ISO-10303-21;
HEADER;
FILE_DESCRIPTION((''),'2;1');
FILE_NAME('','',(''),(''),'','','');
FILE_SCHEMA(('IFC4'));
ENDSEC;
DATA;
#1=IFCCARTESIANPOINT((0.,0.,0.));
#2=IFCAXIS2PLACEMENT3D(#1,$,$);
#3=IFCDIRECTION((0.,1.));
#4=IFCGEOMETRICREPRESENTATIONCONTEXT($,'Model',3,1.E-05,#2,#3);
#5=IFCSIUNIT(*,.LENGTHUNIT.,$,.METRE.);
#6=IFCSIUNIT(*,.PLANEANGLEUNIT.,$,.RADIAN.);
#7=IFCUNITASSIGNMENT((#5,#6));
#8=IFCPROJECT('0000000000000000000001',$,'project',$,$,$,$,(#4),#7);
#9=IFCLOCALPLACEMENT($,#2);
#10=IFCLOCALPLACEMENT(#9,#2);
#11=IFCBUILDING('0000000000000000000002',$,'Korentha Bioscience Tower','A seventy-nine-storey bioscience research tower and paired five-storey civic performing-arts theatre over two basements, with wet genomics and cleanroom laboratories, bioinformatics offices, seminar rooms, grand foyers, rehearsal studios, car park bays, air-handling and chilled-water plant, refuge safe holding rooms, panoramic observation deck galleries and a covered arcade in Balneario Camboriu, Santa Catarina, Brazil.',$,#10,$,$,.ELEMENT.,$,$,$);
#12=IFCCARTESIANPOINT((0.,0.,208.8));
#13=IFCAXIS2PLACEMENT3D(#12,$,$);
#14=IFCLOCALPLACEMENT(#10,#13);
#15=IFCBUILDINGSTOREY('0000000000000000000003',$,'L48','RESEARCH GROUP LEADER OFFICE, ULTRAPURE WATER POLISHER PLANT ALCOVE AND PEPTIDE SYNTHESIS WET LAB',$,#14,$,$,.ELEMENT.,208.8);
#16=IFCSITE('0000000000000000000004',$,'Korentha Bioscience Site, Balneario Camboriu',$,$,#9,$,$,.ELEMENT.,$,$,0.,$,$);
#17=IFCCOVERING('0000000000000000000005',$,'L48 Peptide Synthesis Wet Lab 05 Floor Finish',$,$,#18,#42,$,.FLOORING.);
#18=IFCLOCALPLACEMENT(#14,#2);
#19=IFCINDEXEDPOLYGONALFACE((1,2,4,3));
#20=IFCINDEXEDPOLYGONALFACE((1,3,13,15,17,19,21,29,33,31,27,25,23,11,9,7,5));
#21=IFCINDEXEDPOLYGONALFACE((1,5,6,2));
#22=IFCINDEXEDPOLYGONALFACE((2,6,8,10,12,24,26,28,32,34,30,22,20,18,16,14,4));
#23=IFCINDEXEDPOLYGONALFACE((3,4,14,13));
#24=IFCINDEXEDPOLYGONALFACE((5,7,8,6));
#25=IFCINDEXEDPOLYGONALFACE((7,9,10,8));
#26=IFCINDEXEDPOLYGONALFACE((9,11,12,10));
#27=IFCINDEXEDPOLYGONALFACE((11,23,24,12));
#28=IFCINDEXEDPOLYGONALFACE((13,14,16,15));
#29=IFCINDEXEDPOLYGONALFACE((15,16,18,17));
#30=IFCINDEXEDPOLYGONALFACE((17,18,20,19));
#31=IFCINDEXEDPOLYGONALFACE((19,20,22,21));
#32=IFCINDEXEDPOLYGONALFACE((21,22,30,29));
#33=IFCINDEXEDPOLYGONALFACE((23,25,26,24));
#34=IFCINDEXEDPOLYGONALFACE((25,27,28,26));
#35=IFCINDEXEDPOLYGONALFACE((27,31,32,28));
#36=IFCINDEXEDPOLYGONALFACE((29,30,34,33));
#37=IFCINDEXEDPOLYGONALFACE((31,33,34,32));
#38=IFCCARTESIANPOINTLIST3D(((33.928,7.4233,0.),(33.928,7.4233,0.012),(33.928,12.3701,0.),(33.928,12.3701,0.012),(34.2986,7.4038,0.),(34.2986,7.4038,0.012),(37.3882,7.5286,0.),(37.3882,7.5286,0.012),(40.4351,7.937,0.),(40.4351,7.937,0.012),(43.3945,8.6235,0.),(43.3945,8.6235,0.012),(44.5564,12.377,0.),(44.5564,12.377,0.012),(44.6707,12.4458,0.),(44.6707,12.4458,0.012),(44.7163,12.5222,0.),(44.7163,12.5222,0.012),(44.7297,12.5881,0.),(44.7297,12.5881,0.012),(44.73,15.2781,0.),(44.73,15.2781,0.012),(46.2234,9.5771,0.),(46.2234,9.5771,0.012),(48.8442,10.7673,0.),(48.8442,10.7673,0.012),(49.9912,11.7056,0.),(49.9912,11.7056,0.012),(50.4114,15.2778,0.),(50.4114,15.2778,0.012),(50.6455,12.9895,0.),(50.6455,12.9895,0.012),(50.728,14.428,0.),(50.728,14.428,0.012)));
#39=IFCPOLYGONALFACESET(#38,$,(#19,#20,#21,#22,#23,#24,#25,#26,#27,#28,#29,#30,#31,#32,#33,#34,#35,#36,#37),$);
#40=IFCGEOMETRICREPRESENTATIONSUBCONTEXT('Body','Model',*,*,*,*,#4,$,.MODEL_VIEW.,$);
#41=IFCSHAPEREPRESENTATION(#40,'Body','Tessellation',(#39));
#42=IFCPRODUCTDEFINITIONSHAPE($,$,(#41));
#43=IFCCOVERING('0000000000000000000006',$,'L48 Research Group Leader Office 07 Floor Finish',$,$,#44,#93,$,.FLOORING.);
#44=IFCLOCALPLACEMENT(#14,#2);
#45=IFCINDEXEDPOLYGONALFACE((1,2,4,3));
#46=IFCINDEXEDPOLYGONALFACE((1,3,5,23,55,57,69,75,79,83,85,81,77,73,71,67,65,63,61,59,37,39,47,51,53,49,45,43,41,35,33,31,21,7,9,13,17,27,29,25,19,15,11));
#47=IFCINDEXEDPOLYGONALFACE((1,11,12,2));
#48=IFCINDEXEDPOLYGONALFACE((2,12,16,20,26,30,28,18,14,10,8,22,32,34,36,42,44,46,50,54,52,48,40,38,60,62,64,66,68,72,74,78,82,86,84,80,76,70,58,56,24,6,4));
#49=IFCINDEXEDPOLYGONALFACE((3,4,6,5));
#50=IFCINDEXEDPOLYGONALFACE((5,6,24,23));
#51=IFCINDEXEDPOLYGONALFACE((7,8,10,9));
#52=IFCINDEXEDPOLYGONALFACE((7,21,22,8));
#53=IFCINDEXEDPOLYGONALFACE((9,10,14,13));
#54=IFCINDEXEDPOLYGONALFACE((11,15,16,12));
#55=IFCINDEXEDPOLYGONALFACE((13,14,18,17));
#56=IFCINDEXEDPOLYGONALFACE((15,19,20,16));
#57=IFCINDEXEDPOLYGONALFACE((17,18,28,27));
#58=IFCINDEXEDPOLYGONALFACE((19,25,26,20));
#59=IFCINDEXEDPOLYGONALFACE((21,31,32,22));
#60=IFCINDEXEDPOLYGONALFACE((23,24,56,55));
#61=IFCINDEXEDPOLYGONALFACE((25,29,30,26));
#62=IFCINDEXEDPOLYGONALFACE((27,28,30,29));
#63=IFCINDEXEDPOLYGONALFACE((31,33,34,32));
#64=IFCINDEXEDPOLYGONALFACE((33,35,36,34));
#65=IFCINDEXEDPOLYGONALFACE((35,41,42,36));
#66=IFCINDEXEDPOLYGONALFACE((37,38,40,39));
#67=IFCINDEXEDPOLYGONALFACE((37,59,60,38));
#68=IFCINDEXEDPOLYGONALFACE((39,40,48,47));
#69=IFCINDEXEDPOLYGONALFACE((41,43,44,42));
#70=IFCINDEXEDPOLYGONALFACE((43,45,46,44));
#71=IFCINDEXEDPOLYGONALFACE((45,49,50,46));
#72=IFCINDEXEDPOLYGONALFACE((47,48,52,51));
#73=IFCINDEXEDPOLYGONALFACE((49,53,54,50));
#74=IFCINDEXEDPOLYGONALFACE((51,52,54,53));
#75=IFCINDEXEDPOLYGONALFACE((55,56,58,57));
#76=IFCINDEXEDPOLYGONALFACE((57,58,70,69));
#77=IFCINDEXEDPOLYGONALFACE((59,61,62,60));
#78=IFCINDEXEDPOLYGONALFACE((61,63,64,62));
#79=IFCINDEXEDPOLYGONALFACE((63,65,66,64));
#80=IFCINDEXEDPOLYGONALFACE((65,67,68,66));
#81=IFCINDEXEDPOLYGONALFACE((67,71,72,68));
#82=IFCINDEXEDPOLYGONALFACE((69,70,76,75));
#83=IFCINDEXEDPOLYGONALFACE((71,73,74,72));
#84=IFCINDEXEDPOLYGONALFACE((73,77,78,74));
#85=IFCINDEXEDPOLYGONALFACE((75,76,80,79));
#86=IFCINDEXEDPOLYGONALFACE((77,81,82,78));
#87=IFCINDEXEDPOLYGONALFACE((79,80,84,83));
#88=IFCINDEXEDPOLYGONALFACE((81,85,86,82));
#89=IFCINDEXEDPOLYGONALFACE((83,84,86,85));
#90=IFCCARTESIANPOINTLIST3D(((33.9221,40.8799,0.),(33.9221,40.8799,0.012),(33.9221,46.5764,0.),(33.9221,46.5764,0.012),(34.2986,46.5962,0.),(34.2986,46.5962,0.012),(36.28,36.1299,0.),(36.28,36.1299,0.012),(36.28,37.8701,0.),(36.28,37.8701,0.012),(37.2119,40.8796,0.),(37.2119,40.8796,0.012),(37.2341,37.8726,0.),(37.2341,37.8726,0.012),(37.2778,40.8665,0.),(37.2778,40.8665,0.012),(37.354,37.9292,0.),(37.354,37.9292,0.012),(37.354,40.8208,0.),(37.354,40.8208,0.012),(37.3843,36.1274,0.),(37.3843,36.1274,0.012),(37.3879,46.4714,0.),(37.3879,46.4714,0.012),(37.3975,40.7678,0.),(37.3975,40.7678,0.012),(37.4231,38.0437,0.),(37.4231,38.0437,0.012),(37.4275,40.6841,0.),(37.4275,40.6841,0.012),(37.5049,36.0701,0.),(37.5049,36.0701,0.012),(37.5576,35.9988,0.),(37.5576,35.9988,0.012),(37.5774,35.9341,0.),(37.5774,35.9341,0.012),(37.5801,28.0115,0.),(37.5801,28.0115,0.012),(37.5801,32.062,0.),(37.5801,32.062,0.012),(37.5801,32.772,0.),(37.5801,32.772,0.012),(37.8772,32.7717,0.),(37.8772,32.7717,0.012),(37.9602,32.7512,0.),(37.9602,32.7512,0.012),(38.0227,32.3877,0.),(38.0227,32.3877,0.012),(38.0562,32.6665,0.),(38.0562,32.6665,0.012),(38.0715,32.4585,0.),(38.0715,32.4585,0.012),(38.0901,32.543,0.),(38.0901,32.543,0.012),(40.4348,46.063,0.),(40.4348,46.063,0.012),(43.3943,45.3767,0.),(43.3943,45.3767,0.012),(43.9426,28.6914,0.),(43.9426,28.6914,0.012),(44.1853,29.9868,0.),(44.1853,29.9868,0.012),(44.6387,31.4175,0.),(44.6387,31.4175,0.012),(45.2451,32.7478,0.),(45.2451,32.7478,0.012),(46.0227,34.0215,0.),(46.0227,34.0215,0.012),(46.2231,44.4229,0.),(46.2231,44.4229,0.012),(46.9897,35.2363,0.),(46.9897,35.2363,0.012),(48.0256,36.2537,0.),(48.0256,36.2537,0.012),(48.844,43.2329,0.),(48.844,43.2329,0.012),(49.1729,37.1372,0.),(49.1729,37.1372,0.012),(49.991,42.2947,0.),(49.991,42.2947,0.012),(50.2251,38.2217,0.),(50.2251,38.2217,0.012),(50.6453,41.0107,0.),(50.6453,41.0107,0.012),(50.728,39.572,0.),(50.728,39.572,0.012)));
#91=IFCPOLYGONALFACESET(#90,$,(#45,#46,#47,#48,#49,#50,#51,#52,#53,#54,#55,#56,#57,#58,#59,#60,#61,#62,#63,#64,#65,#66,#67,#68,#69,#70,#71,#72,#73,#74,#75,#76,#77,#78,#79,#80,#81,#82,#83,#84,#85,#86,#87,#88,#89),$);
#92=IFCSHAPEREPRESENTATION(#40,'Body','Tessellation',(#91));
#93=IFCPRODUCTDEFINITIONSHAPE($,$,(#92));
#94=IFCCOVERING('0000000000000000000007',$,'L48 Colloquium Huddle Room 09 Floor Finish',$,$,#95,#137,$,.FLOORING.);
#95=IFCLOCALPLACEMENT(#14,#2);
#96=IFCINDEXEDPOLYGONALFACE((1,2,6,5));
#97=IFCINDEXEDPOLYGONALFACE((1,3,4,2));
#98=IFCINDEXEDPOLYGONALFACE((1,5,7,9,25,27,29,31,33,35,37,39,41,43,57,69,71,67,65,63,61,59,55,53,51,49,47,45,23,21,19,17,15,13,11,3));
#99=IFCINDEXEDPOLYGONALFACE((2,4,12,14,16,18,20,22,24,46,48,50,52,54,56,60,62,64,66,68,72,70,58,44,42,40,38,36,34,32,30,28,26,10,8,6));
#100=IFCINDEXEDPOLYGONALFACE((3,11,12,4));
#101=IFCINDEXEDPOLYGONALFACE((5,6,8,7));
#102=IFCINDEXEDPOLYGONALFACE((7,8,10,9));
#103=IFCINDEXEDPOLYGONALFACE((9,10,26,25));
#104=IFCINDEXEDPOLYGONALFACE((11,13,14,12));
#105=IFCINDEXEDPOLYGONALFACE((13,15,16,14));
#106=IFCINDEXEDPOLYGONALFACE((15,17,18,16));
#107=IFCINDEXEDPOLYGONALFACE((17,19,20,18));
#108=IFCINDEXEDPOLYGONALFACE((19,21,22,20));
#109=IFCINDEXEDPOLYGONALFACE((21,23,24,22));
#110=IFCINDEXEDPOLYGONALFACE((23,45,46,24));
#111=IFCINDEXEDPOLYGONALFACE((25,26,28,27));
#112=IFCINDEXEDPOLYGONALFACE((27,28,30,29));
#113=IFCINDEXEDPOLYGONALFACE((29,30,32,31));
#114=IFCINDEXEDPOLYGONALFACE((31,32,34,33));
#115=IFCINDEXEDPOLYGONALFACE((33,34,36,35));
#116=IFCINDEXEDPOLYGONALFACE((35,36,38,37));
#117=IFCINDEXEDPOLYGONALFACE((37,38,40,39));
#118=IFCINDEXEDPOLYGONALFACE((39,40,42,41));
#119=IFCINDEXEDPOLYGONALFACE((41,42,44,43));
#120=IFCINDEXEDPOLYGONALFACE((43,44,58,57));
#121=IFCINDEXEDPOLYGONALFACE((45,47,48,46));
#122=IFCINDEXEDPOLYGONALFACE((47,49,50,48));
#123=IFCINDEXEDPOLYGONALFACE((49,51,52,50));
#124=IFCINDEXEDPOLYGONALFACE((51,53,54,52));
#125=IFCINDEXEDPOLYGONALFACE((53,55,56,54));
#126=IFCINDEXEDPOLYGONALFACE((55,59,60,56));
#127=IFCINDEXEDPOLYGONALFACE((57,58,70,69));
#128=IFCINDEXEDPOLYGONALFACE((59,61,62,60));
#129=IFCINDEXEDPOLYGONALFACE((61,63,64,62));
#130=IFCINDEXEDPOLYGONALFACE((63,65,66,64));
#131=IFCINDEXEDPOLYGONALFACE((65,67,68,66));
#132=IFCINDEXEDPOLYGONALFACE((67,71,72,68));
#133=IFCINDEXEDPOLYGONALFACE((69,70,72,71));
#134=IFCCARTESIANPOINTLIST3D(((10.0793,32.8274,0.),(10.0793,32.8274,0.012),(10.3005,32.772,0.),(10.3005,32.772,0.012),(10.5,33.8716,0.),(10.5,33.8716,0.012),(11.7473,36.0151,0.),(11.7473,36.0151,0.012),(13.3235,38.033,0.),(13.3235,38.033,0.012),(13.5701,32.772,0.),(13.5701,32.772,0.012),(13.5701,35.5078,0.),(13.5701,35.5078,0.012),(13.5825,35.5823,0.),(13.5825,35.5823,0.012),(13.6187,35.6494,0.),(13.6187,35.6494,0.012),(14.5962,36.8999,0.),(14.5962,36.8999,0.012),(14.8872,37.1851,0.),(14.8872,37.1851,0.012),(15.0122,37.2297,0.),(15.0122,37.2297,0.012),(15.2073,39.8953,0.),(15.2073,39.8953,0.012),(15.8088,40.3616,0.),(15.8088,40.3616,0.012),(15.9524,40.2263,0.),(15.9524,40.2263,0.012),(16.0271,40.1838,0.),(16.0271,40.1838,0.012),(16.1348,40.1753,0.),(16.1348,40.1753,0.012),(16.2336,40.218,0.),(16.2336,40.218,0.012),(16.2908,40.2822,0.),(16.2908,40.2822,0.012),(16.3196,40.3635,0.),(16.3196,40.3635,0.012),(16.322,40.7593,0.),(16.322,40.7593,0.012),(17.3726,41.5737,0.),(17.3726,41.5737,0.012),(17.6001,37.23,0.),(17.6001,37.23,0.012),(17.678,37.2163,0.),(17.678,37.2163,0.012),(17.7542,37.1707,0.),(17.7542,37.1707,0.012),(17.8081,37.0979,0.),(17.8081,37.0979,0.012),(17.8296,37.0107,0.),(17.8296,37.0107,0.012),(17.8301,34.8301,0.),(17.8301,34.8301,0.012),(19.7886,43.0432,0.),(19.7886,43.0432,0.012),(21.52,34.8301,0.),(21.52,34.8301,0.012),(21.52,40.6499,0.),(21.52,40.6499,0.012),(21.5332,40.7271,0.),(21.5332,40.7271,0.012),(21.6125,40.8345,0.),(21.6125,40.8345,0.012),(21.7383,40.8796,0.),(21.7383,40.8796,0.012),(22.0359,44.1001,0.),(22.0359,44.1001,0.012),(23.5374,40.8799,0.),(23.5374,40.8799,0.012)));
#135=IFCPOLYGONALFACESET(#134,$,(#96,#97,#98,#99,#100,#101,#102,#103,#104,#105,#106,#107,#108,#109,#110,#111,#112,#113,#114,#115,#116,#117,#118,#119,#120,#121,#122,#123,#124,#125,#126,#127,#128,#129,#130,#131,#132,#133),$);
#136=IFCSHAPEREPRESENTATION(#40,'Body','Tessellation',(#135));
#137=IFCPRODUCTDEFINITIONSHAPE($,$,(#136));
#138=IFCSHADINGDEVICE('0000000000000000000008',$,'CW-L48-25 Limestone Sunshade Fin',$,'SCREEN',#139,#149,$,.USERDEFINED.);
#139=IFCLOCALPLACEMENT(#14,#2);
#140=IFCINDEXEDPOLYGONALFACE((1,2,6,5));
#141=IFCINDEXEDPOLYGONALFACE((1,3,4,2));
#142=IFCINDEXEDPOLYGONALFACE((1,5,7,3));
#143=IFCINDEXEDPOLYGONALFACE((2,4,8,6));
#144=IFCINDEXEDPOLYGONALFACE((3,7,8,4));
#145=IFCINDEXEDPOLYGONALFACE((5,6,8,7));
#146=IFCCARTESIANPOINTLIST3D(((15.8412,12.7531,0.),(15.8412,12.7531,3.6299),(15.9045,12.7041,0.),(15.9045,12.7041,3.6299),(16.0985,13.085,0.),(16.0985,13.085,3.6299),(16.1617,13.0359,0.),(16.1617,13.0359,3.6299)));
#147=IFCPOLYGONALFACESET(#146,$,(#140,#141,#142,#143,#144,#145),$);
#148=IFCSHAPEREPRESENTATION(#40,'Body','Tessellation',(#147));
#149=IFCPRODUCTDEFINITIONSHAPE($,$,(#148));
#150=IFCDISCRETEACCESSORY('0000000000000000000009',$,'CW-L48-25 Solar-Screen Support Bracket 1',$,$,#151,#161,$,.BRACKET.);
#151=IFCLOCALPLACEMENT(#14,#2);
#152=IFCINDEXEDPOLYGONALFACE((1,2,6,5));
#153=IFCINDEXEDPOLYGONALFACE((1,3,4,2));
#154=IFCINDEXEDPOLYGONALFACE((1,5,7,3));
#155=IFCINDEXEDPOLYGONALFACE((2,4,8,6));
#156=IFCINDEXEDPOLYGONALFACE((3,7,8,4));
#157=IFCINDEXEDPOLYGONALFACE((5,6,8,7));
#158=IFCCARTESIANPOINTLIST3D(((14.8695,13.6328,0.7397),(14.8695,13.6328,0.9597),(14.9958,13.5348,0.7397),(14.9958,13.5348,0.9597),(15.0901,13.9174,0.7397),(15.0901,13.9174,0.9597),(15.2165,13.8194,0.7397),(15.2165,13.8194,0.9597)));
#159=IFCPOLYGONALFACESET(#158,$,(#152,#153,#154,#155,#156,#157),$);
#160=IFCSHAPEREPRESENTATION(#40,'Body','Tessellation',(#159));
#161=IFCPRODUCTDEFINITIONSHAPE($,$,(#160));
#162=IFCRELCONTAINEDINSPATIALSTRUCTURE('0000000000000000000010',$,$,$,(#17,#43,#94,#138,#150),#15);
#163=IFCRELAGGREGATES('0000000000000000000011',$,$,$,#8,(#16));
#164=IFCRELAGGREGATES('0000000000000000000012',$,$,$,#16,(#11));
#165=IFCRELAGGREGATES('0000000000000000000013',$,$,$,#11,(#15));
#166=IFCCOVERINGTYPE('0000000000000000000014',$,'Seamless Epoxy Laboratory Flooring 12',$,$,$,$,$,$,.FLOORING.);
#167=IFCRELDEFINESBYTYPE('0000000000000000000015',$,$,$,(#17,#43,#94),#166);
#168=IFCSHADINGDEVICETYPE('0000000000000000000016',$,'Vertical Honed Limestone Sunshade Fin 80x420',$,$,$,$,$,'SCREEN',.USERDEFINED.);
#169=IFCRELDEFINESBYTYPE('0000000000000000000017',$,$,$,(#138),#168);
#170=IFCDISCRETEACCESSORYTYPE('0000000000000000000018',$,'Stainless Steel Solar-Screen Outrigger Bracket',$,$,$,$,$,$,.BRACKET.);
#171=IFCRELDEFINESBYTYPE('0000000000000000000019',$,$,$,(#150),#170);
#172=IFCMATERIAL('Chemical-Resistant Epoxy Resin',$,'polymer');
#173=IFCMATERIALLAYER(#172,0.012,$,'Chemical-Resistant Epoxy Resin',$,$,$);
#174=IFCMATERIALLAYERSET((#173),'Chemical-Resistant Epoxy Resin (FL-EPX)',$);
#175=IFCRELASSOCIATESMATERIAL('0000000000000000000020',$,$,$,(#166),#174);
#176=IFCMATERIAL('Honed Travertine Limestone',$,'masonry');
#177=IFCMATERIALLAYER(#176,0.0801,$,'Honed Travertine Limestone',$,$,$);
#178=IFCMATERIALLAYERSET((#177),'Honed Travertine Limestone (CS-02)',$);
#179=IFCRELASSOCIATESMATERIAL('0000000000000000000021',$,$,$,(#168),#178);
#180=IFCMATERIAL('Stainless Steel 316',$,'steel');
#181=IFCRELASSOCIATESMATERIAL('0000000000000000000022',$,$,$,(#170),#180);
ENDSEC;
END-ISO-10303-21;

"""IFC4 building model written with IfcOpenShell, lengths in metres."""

from ifc_helpers import new_model, si_unit, direction, frame, origin, origin_2d, place, context, subcontext, project, spatial, polyline, rectangle, outline, extrude, material, layer, layer_set, type_object, element, save


model = new_model("IFC4")

# Units and contexts
model_context = context("Model", 3, precision=1e-05, world=origin(), true_north=direction((0.0, 1.0)))
body_context = subcontext(model_context, "Body", "Model", "MODEL_VIEW")
ifc_project = project(units=[si_unit("LENGTHUNIT", "METRE"), si_unit("PLANEANGLEUNIT", "RADIAN")], contexts=[model_context])

# Site, building, storey
site_placement = place(None, origin())
site = spatial("IfcSite", under=ifc_project, at=site_placement, Name="Korentha Bioscience Site, Balneario Camboriu", CompositionType="ELEMENT", RefElevation=0.0)
building_placement = place(site_placement, origin())
building = spatial("IfcBuilding", under=site, at=building_placement, Name="Korentha Bioscience Tower", Description="A seventy-nine-storey bioscience research tower and paired five-storey civic performing-arts theatre over two basements, with wet genomics and cleanroom laboratories, bioinformatics offices, seminar rooms, grand foyers, rehearsal studios, car park bays, air-handling and chilled-water plant, refuge safe holding rooms, panoramic observation deck galleries and a covered arcade in Balneario Camboriu, Santa Catarina, Brazil.", CompositionType="ELEMENT")
storey_placement = place(building_placement, frame((0.0, 0.0, 208.8)))
storey = spatial("IfcBuildingStorey", under=building, at=storey_placement, Name="L48", Description="RESEARCH GROUP LEADER OFFICE, ULTRAPURE WATER POLISHER PLANT ALCOVE AND PEPTIDE SYNTHESIS WET LAB", CompositionType="ELEMENT", Elevation=208.8)

# Coverings
ifc_material_1 = material(Name="Chemical-Resistant Epoxy Resin", Category="polymer")
ifc_layer_1 = layer(ifc_material_1, 0.012, Name="Chemical-Resistant Epoxy Resin")
ifc_layer_set_1 = layer_set([ifc_layer_1], Name="Chemical-Resistant Epoxy Resin (FL-EPX)")
covering_type_1 = type_object("IfcCoveringType", Name="Seamless Epoxy Laboratory Flooring 12", PredefinedType="FLOORING", material=ifc_layer_set_1)
covering_1_placement = place(storey_placement, origin())
element("IfcCovering", 1, at=covering_1_placement, inside=storey, type_object=covering_type_1, Name="L48 Peptide Synthesis Wet Lab 05 Floor Finish", PredefinedType="FLOORING", context=body_context, shape_type="SweptSolid", body=[
    extrude(outline(polyline([(33.928, 12.3701), (44.5564, 12.377), (44.6707, 12.4458), (44.7163, 12.5222), (44.7297, 12.5881), (44.73, 15.2781), (50.4114, 15.2778), (50.728, 14.428), (50.6455, 12.9895), (49.9912, 11.7056), (48.8442, 10.7673), (46.2234, 9.5771), (43.3945, 8.6235), (40.4351, 7.937), (37.3882, 7.5286), (34.2986, 7.4038), (33.928, 7.4233), (33.928, 12.3701)])), origin(), (0.0, 0.0, 1.0), 0.012),
])
covering_2_placement = place(storey_placement, origin())
element("IfcCovering", 2, at=covering_2_placement, inside=storey, type_object=covering_type_1, Name="L48 Research Group Leader Office 07 Floor Finish", PredefinedType="FLOORING", context=body_context, shape_type="SweptSolid", body=[
    extrude(outline(polyline([(34.2986, 46.5962), (37.3879, 46.4714), (40.4348, 46.063), (43.3943, 45.3767), (46.2231, 44.4229), (48.844, 43.2329), (49.991, 42.2947), (50.6453, 41.0107), (50.728, 39.572), (50.2251, 38.2217), (49.1729, 37.1372), (48.0256, 36.2537), (46.9897, 35.2363), (46.0227, 34.0215), (45.2451, 32.7478), (44.6387, 31.4175), (44.1853, 29.9868), (43.9426, 28.6914), (37.5801, 28.0115), (37.5801, 32.062), (38.0227, 32.3877), (38.0715, 32.4585), (38.0901, 32.543), (38.0562, 32.6665), (37.9602, 32.7512), (37.8772, 32.7717), (37.5801, 32.772), (37.5774, 35.9341), (37.5576, 35.9988), (37.5049, 36.0701), (37.3843, 36.1274), (36.28, 36.1299), (36.28, 37.8701), (37.2341, 37.8726), (37.354, 37.9292), (37.4231, 38.0437), (37.4275, 40.6841), (37.3975, 40.7678), (37.354, 40.8208), (37.2778, 40.8665), (37.2119, 40.8796), (33.9221, 40.8799), (33.9221, 46.5764), (34.2986, 46.5962)])), origin(), (0.0, 0.0, 1.0), 0.012),
])
covering_3_placement = place(storey_placement, origin())
element("IfcCovering", 3, at=covering_3_placement, inside=storey, type_object=covering_type_1, Name="L48 Colloquium Huddle Room 09 Floor Finish", PredefinedType="FLOORING", context=body_context, shape_type="SweptSolid", body=[
    extrude(outline(polyline([(10.5, 33.8716), (11.7473, 36.0151), (13.3235, 38.033), (15.2073, 39.8953), (15.8088, 40.3616), (15.9524, 40.2263), (16.0271, 40.1838), (16.1348, 40.1753), (16.2336, 40.218), (16.2908, 40.2822), (16.3196, 40.3635), (16.322, 40.7593), (17.3726, 41.5737), (19.7886, 43.0432), (22.0359, 44.1001), (23.5374, 40.8799), (21.7383, 40.8796), (21.6125, 40.8345), (21.5332, 40.7271), (21.52, 40.6499), (21.52, 34.8301), (17.8301, 34.8301), (17.8296, 37.0107), (17.8081, 37.0979), (17.7542, 37.1707), (17.678, 37.2163), (17.6001, 37.23), (15.0122, 37.2297), (14.8872, 37.1851), (14.5962, 36.8999), (13.6187, 35.6494), (13.5825, 35.5823), (13.5701, 35.5078), (13.5701, 32.772), (10.3005, 32.772), (10.0793, 32.8274), (10.5, 33.8716)])), origin(), (0.0, 0.0, 1.0), 0.012),
])

# Shading device
ifc_material_2 = material(Name="Honed Travertine Limestone", Category="masonry")
ifc_layer_2 = layer(ifc_material_2, 0.0801, Name="Honed Travertine Limestone")
ifc_layer_set_2 = layer_set([ifc_layer_2], Name="Honed Travertine Limestone (CS-02)")
shading_device_type_1 = type_object("IfcShadingDeviceType", Name="Vertical Honed Limestone Sunshade Fin 80x420", ElementType="SCREEN", PredefinedType="USERDEFINED", material=ifc_layer_set_2)
shading_device_1_placement = place(storey_placement, frame((16.0015, 12.8945, 0.0), z_axis=(0.0, 0.0, 1.0), x_axis=(0.790346, -0.612661, 0.0)))
element("IfcShadingDevice", 4, at=shading_device_1_placement, inside=storey, type_object=shading_device_type_1, Name="CW-L48-25 Limestone Sunshade Fin", ObjectType="SCREEN", PredefinedType="USERDEFINED", context=body_context, shape_type="SweptSolid", body=[
    extrude(rectangle(XDim=0.0801, YDim=0.4199, at=origin_2d()), origin(), (0.0, 0.0, 1.0), 3.6299),
])

# Discrete accessory
ifc_material_3 = material(Name="Stainless Steel 316", Category="steel")
discrete_accessory_type = type_object("IfcDiscreteAccessoryType", Name="Stainless Steel Solar-Screen Outrigger Bracket", PredefinedType="BRACKET", material=ifc_material_3)
discrete_accessory_placement = place(storey_placement, frame((15.043, 13.7261, 0.7397), z_axis=(0.0, 0.0, 1.0), x_axis=(0.790346, -0.612661, 0.0)))
element("IfcDiscreteAccessory", 5, at=discrete_accessory_placement, inside=storey, type_object=discrete_accessory_type, Name="CW-L48-25 Solar-Screen Support Bracket 1", PredefinedType="BRACKET", context=body_context, shape_type="SweptSolid", body=[
    extrude(rectangle(XDim=0.1599, YDim=0.3601, at=origin_2d()), origin(), (0.0, 0.0, 1.0), 0.22),
])

save(model, "model.ifc")
